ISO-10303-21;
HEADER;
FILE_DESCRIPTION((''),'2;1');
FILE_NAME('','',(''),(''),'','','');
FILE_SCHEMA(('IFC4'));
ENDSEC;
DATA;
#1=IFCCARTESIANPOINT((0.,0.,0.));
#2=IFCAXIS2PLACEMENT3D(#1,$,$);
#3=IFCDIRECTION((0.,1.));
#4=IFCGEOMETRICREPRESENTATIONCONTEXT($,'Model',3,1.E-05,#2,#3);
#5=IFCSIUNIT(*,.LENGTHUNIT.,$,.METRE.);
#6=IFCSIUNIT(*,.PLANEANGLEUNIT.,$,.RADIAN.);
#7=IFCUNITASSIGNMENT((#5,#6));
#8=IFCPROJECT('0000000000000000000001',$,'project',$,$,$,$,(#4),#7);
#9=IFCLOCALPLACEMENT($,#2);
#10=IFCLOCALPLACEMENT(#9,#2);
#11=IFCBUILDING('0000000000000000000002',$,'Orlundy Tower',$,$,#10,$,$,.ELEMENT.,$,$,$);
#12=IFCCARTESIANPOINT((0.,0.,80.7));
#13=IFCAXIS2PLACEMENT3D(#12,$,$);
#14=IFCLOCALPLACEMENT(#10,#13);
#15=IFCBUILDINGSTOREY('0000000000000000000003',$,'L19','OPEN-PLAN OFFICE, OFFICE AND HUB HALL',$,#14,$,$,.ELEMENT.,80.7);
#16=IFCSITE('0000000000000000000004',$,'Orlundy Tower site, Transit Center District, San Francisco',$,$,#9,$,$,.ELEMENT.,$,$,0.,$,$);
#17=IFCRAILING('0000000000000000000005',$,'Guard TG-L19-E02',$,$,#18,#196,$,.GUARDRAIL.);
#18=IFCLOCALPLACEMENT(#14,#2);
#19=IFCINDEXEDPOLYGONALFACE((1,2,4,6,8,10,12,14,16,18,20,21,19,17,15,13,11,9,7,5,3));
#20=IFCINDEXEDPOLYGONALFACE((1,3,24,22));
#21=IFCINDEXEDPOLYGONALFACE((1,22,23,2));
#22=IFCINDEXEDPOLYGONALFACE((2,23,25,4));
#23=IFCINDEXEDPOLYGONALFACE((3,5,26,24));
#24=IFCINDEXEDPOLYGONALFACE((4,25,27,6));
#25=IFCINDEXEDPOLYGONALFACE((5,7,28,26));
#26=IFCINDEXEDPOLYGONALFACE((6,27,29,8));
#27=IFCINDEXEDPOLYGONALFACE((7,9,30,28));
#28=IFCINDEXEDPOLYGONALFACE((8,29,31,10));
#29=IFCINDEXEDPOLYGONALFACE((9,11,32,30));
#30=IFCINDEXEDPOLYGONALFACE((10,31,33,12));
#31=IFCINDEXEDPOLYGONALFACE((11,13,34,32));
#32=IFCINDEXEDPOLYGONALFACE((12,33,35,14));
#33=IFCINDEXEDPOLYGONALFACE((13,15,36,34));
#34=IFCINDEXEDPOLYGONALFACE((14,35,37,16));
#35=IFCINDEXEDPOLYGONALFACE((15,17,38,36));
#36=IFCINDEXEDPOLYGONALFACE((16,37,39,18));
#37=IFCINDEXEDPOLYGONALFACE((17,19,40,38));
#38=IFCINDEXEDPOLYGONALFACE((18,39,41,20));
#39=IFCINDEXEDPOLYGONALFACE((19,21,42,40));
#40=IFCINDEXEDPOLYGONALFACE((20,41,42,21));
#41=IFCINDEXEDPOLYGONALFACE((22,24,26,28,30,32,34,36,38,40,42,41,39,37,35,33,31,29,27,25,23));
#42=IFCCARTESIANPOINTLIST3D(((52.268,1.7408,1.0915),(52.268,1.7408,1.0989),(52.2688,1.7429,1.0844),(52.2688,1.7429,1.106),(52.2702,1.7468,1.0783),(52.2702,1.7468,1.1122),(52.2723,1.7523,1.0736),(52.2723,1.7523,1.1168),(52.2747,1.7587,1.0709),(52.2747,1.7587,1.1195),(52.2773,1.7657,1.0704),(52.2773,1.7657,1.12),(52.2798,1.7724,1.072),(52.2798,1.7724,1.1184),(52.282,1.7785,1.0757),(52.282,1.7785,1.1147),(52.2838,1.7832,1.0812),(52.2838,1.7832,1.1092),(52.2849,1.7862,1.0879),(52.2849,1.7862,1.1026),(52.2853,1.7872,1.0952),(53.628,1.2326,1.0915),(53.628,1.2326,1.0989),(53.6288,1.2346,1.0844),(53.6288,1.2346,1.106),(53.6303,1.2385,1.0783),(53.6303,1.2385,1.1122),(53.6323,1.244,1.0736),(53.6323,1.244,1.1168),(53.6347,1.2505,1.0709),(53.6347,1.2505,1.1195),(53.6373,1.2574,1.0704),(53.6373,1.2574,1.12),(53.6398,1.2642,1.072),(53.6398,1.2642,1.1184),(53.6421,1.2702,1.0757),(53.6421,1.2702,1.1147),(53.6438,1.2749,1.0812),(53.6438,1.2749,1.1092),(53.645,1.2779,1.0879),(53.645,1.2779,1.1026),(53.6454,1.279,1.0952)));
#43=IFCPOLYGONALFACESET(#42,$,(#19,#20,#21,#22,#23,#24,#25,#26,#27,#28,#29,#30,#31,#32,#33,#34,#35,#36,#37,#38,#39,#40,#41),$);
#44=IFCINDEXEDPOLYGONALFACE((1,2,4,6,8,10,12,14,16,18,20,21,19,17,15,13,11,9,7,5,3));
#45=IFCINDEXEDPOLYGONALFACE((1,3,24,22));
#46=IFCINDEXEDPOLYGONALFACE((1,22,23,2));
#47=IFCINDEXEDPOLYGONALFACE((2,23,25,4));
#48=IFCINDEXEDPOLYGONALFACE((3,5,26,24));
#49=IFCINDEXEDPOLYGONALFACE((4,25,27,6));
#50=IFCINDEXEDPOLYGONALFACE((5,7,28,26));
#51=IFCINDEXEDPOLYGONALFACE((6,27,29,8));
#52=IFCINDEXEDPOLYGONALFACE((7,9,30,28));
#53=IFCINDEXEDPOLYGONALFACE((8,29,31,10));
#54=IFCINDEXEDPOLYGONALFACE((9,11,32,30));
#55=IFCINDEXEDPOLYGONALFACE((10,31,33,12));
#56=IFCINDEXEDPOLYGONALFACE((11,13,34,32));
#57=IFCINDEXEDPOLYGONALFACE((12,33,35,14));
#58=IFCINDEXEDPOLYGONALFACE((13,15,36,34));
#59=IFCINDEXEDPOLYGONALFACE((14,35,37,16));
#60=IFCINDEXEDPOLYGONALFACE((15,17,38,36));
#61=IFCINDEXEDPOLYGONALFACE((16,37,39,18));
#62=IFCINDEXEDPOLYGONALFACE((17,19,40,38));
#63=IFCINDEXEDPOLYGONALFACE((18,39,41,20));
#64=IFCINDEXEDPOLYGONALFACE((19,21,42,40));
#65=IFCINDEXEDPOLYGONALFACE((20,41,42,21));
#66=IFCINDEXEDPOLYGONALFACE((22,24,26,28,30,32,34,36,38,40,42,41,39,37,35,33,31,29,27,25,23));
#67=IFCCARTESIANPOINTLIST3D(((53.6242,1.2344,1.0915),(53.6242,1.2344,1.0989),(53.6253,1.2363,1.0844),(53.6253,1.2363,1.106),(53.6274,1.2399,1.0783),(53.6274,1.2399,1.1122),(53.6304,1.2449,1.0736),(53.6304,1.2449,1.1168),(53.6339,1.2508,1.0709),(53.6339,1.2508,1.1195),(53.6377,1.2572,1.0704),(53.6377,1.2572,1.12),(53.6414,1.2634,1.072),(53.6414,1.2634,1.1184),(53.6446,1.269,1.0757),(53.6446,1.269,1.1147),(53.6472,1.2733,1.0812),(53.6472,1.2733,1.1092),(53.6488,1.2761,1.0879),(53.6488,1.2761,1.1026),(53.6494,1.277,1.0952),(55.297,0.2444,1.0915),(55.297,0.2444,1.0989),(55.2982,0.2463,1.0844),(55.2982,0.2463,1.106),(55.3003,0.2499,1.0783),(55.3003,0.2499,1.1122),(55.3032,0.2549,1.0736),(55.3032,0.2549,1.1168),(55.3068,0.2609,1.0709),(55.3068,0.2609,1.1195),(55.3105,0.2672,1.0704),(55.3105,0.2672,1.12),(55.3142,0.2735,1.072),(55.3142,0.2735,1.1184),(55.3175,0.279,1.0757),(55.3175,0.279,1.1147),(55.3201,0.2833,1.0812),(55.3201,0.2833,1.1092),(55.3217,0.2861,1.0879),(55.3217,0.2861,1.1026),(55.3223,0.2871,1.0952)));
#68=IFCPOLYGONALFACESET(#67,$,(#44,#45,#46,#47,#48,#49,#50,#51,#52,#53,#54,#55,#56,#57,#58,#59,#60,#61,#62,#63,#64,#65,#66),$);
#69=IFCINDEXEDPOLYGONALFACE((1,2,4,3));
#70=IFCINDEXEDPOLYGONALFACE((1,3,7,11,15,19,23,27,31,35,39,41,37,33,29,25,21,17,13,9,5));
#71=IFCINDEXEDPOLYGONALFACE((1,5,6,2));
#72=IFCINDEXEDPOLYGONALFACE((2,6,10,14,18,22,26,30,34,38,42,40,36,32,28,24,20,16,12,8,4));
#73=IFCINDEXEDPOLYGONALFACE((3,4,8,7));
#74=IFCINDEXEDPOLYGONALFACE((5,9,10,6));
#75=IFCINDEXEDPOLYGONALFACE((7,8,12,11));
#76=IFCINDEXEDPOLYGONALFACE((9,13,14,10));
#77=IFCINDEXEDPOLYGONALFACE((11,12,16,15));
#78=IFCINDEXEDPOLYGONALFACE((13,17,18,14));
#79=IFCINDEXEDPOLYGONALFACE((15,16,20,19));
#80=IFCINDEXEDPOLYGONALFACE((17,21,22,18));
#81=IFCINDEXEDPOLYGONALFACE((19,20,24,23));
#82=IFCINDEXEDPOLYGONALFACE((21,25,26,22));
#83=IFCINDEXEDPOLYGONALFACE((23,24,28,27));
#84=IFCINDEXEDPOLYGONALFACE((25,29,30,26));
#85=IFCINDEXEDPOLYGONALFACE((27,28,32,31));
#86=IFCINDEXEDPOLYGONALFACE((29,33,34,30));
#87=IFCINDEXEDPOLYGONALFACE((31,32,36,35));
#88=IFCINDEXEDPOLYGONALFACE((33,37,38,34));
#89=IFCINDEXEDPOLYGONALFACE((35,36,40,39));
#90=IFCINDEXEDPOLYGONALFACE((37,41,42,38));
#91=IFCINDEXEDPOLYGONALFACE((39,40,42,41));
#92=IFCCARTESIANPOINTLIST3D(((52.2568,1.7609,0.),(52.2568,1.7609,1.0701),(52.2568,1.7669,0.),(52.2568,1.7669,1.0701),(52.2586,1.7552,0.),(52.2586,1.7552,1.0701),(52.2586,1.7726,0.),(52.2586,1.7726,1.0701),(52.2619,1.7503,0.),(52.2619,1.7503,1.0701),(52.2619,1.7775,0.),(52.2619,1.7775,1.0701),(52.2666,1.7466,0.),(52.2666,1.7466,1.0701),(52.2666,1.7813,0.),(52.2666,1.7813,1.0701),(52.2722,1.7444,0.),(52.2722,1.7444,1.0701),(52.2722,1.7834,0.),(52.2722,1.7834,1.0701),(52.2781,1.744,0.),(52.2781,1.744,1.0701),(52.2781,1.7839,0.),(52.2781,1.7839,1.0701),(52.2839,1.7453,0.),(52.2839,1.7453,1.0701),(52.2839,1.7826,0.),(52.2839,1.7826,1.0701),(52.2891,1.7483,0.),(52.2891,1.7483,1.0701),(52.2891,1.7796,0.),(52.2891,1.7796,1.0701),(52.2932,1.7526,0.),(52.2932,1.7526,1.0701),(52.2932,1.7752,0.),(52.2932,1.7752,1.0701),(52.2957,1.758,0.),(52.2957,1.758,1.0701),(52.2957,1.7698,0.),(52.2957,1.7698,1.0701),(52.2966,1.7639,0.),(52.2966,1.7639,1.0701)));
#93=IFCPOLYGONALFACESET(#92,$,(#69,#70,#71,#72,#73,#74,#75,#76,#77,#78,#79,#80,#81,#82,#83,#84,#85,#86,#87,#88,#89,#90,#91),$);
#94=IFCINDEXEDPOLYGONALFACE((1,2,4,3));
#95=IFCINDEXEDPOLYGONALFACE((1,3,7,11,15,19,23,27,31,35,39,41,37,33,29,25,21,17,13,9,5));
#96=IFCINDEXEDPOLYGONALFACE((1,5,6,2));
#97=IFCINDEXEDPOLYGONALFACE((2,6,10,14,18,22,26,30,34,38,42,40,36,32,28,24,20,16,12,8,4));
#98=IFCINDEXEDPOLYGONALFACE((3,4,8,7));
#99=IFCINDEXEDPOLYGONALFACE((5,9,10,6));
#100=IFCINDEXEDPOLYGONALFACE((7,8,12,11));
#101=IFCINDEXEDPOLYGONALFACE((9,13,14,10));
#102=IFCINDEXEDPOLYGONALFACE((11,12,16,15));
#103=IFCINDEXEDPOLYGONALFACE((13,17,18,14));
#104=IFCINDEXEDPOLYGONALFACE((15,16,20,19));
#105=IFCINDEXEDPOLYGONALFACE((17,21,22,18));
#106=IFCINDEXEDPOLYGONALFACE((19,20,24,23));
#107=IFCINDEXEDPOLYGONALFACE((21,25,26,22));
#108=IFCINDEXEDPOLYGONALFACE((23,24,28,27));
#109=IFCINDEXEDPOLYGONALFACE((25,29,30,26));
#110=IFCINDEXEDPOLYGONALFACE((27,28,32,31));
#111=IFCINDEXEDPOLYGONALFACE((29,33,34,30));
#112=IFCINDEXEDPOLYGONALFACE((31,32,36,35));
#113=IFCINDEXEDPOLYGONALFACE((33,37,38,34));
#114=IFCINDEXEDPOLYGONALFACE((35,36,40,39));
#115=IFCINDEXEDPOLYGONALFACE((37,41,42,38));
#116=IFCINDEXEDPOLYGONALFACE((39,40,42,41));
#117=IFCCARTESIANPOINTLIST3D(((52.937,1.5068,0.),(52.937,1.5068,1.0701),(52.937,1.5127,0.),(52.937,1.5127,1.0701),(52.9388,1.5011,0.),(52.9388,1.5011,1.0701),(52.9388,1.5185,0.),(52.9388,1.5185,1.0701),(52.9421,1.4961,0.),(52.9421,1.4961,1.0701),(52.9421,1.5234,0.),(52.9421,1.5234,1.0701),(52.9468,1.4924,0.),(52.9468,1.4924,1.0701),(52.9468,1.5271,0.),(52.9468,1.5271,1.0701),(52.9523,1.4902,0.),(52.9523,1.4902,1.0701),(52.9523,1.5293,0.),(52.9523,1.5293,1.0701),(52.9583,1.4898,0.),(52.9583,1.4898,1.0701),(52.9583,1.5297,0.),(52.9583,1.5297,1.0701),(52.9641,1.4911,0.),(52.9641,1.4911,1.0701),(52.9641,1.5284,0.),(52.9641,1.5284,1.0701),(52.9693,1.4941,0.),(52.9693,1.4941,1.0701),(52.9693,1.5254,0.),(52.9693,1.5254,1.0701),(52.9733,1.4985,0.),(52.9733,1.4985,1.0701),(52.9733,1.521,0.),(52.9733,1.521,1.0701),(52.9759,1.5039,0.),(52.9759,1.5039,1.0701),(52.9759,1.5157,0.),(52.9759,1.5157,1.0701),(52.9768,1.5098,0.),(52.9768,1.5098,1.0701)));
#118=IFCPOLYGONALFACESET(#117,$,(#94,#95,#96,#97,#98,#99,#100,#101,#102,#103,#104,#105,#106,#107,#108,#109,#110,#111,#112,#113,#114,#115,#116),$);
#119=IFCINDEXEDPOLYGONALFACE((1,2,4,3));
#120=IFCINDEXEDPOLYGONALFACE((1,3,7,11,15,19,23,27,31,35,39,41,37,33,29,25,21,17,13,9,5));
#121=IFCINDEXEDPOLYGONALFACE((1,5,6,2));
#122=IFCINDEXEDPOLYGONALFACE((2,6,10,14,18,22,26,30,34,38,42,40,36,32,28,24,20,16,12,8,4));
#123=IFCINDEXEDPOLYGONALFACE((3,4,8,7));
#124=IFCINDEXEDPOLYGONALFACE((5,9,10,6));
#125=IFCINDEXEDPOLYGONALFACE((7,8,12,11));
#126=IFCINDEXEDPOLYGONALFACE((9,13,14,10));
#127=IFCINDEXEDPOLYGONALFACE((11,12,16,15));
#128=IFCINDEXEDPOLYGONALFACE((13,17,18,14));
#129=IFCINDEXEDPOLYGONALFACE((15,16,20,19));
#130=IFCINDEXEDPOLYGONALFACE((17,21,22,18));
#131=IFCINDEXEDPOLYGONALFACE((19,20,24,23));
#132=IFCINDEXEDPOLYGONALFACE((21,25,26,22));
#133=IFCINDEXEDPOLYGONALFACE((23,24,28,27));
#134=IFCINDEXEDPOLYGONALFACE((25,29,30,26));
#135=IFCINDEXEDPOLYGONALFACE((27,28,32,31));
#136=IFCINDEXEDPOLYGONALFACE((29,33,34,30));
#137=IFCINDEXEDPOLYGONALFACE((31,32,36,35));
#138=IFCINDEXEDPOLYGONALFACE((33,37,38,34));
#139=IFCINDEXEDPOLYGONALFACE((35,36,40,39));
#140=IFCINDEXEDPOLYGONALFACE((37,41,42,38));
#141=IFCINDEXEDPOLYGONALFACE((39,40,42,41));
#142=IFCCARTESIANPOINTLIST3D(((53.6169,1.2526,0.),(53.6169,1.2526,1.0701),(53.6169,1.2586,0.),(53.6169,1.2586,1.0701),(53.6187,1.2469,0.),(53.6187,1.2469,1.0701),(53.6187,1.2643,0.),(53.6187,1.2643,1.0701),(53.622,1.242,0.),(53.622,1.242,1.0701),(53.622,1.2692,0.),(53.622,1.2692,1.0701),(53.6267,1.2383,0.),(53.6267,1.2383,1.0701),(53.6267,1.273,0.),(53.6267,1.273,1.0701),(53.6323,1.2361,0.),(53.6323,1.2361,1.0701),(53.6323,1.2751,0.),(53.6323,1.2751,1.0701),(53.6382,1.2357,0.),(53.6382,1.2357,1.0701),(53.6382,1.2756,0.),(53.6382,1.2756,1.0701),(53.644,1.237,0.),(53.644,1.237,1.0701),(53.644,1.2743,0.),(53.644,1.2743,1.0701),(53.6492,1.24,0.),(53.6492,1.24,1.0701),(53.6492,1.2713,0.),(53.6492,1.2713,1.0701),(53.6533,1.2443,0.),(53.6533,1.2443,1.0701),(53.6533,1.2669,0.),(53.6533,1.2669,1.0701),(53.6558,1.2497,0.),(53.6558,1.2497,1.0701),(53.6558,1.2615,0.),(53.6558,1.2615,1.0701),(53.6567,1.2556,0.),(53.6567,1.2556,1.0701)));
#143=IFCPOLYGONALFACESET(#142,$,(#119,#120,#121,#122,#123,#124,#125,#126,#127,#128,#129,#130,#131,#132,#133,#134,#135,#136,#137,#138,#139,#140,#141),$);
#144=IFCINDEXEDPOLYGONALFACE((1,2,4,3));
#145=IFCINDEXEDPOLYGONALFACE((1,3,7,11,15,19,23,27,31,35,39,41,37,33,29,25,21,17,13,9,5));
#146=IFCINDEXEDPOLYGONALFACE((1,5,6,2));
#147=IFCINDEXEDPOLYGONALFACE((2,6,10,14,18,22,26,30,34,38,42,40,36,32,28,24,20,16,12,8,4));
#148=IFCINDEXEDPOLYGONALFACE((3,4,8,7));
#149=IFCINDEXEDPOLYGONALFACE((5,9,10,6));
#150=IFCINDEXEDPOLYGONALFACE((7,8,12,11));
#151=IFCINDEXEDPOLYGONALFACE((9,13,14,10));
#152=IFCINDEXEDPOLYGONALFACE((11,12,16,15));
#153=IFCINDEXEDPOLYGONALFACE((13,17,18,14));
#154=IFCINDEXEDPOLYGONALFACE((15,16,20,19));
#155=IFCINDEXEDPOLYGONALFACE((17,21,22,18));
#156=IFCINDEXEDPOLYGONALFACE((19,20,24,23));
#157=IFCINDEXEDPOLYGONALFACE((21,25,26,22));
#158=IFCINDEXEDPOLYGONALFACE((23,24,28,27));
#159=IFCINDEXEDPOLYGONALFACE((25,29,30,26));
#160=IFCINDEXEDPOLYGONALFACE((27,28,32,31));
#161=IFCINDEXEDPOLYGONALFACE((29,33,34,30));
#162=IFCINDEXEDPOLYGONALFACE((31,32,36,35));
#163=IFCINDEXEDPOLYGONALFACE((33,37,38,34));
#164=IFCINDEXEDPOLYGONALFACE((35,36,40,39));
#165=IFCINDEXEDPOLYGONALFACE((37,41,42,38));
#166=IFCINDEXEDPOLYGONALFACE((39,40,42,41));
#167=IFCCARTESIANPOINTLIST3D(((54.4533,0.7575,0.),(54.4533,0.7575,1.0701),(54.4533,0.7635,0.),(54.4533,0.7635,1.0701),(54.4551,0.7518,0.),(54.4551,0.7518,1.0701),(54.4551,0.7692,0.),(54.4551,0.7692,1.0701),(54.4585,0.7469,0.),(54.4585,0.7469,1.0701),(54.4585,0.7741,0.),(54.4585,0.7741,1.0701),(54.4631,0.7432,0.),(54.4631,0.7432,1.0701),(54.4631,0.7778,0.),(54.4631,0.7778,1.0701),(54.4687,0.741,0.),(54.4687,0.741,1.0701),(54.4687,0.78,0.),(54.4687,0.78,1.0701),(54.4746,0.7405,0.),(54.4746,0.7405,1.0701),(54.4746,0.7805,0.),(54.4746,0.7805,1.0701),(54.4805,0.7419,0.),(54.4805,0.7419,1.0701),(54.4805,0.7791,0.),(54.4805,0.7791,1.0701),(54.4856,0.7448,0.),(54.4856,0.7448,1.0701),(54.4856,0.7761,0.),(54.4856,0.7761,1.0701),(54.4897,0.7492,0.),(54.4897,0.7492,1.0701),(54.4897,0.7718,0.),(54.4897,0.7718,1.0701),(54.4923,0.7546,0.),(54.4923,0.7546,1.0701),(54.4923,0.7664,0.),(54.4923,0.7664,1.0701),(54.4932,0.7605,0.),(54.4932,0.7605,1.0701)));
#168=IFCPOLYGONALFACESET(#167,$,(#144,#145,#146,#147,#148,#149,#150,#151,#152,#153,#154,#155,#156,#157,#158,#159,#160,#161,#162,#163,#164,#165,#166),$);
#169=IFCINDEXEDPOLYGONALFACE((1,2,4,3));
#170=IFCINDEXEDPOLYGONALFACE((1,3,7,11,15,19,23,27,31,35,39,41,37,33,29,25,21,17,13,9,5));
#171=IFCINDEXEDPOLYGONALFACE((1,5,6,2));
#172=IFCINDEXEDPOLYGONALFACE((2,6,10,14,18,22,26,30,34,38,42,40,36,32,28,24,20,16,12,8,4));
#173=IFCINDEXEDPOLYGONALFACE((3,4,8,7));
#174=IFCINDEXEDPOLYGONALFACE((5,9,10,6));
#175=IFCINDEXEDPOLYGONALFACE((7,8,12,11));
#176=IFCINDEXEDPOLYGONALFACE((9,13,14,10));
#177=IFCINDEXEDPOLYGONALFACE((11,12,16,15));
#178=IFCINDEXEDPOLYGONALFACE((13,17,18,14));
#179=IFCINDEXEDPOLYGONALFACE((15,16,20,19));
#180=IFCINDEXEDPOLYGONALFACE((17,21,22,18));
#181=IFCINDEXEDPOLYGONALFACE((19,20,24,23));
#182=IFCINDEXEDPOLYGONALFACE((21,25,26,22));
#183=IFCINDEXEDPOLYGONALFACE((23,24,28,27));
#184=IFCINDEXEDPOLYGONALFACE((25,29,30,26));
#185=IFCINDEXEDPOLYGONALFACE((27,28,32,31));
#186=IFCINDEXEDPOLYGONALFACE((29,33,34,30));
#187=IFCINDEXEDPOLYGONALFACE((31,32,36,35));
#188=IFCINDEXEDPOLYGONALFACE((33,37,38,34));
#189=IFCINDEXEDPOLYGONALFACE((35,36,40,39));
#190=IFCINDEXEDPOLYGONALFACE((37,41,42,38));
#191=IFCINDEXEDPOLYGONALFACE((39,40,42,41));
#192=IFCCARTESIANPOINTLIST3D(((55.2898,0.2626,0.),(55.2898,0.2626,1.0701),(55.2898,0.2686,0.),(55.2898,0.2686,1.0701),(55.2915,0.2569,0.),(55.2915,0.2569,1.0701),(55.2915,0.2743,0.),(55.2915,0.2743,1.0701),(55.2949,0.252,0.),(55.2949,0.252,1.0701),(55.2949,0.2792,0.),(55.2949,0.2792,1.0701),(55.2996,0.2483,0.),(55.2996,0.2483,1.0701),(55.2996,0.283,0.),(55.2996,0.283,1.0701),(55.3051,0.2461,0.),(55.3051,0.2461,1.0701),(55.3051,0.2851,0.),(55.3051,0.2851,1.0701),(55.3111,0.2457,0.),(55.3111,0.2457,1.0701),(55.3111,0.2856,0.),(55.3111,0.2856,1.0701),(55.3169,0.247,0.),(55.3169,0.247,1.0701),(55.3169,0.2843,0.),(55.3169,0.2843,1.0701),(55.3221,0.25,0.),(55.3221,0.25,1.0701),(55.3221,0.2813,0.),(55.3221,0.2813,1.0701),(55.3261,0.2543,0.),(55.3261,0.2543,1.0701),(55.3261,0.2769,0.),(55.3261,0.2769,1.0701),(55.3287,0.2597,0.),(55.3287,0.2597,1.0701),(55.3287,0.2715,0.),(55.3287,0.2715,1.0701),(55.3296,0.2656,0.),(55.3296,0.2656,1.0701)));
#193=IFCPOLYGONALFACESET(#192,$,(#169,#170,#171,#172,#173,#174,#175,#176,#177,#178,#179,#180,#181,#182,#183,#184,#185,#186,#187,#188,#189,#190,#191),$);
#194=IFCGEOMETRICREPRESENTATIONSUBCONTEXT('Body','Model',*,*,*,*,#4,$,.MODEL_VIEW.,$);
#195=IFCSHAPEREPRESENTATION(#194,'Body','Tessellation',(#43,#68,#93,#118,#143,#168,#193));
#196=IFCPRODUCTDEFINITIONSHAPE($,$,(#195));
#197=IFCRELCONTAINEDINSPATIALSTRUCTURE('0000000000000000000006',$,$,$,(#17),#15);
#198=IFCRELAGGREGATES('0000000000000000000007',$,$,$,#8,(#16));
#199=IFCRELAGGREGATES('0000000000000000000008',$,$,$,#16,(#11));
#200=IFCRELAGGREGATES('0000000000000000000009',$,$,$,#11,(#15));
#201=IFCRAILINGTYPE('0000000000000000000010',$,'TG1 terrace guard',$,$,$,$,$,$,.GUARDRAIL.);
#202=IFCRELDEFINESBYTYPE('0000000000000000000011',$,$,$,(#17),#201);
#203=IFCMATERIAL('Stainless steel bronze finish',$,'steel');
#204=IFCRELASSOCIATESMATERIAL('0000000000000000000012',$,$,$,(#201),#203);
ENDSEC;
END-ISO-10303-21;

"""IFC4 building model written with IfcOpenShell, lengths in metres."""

from ifc_helpers import new_model, si_unit, direction, frame, origin, origin_2d, place, context, subcontext, project, spatial, circle, extrude, material, type_object, element, save


model = new_model("IFC4")

# Units and contexts
model_context = context("Model", 3, precision=1e-05, world=origin(), true_north=direction((0.0, 1.0)))
body_context = subcontext(model_context, "Body", "Model", "MODEL_VIEW")
ifc_project = project(units=[si_unit("LENGTHUNIT", "METRE"), si_unit("PLANEANGLEUNIT", "RADIAN")], contexts=[model_context])

# Site, building, storey
site_placement = place(None, origin())
site = spatial("IfcSite", under=ifc_project, at=site_placement, Name="Orlundy Tower site, Transit Center District, San Francisco", CompositionType="ELEMENT", RefElevation=0.0)
building_placement = place(site_placement, origin())
building = spatial("IfcBuilding", under=site, at=building_placement, Name="Orlundy Tower", CompositionType="ELEMENT")
storey_placement = place(building_placement, frame((0.0, 0.0, 80.7)))
storey = spatial("IfcBuildingStorey", under=building, at=storey_placement, Name="L19", Description="OPEN-PLAN OFFICE, OFFICE AND HUB HALL", CompositionType="ELEMENT", Elevation=80.7)

# Railing
ifc_material_1 = material(Name="Stainless steel bronze finish", Category="steel")
railing_type = type_object("IfcRailingType", Name="TG1 terrace guard", PredefinedType="GUARDRAIL", material=ifc_material_1)
railing_1_placement = place(storey_placement, frame((52.2766, 1.7639, 0.0)))
element("IfcRailing", 1, at=railing_1_placement, inside=storey, type_object=railing_type, Name="Guard TG-L19-E02", PredefinedType="GUARDRAIL", context=body_context, shape_type="SweptSolid", body=[
    extrude(circle(Radius=0.0249, at=origin_2d()), frame((0.0, 0.0, 1.0952), z_axis=(0.936722, -0.350073, 0.0), x_axis=(0.350073, 0.936722, 0.0)), (0.0, 0.0, 1.0), 1.4519),
    extrude(circle(Radius=0.0249, at=origin_2d()), frame((1.3601, -0.5083, 1.0952), z_axis=(0.860591, -0.509296, 0.0), x_axis=(0.509296, 0.860591, 0.0)), (0.0, 0.0, 1.0), 1.9438),
    extrude(circle(Radius=0.02, at=origin_2d()), origin(), (0.0, 0.0, 1.0), 1.0701),
    extrude(circle(Radius=0.02, at=origin_2d()), frame((0.6802, -0.2542, 0.0)), (0.0, 0.0, 1.0), 1.0701),
    extrude(circle(Radius=0.02, at=origin_2d()), frame((1.3601, -0.5083, 0.0)), (0.0, 0.0, 1.0), 1.0701),
    extrude(circle(Radius=0.02, at=origin_2d()), frame((2.1965, -1.0034, 0.0)), (0.0, 0.0, 1.0), 1.0701),
    extrude(circle(Radius=0.02, at=origin_2d()), frame((3.033, -1.4983, 0.0)), (0.0, 0.0, 1.0), 1.0701),
])

save(model, "model.ifc")
